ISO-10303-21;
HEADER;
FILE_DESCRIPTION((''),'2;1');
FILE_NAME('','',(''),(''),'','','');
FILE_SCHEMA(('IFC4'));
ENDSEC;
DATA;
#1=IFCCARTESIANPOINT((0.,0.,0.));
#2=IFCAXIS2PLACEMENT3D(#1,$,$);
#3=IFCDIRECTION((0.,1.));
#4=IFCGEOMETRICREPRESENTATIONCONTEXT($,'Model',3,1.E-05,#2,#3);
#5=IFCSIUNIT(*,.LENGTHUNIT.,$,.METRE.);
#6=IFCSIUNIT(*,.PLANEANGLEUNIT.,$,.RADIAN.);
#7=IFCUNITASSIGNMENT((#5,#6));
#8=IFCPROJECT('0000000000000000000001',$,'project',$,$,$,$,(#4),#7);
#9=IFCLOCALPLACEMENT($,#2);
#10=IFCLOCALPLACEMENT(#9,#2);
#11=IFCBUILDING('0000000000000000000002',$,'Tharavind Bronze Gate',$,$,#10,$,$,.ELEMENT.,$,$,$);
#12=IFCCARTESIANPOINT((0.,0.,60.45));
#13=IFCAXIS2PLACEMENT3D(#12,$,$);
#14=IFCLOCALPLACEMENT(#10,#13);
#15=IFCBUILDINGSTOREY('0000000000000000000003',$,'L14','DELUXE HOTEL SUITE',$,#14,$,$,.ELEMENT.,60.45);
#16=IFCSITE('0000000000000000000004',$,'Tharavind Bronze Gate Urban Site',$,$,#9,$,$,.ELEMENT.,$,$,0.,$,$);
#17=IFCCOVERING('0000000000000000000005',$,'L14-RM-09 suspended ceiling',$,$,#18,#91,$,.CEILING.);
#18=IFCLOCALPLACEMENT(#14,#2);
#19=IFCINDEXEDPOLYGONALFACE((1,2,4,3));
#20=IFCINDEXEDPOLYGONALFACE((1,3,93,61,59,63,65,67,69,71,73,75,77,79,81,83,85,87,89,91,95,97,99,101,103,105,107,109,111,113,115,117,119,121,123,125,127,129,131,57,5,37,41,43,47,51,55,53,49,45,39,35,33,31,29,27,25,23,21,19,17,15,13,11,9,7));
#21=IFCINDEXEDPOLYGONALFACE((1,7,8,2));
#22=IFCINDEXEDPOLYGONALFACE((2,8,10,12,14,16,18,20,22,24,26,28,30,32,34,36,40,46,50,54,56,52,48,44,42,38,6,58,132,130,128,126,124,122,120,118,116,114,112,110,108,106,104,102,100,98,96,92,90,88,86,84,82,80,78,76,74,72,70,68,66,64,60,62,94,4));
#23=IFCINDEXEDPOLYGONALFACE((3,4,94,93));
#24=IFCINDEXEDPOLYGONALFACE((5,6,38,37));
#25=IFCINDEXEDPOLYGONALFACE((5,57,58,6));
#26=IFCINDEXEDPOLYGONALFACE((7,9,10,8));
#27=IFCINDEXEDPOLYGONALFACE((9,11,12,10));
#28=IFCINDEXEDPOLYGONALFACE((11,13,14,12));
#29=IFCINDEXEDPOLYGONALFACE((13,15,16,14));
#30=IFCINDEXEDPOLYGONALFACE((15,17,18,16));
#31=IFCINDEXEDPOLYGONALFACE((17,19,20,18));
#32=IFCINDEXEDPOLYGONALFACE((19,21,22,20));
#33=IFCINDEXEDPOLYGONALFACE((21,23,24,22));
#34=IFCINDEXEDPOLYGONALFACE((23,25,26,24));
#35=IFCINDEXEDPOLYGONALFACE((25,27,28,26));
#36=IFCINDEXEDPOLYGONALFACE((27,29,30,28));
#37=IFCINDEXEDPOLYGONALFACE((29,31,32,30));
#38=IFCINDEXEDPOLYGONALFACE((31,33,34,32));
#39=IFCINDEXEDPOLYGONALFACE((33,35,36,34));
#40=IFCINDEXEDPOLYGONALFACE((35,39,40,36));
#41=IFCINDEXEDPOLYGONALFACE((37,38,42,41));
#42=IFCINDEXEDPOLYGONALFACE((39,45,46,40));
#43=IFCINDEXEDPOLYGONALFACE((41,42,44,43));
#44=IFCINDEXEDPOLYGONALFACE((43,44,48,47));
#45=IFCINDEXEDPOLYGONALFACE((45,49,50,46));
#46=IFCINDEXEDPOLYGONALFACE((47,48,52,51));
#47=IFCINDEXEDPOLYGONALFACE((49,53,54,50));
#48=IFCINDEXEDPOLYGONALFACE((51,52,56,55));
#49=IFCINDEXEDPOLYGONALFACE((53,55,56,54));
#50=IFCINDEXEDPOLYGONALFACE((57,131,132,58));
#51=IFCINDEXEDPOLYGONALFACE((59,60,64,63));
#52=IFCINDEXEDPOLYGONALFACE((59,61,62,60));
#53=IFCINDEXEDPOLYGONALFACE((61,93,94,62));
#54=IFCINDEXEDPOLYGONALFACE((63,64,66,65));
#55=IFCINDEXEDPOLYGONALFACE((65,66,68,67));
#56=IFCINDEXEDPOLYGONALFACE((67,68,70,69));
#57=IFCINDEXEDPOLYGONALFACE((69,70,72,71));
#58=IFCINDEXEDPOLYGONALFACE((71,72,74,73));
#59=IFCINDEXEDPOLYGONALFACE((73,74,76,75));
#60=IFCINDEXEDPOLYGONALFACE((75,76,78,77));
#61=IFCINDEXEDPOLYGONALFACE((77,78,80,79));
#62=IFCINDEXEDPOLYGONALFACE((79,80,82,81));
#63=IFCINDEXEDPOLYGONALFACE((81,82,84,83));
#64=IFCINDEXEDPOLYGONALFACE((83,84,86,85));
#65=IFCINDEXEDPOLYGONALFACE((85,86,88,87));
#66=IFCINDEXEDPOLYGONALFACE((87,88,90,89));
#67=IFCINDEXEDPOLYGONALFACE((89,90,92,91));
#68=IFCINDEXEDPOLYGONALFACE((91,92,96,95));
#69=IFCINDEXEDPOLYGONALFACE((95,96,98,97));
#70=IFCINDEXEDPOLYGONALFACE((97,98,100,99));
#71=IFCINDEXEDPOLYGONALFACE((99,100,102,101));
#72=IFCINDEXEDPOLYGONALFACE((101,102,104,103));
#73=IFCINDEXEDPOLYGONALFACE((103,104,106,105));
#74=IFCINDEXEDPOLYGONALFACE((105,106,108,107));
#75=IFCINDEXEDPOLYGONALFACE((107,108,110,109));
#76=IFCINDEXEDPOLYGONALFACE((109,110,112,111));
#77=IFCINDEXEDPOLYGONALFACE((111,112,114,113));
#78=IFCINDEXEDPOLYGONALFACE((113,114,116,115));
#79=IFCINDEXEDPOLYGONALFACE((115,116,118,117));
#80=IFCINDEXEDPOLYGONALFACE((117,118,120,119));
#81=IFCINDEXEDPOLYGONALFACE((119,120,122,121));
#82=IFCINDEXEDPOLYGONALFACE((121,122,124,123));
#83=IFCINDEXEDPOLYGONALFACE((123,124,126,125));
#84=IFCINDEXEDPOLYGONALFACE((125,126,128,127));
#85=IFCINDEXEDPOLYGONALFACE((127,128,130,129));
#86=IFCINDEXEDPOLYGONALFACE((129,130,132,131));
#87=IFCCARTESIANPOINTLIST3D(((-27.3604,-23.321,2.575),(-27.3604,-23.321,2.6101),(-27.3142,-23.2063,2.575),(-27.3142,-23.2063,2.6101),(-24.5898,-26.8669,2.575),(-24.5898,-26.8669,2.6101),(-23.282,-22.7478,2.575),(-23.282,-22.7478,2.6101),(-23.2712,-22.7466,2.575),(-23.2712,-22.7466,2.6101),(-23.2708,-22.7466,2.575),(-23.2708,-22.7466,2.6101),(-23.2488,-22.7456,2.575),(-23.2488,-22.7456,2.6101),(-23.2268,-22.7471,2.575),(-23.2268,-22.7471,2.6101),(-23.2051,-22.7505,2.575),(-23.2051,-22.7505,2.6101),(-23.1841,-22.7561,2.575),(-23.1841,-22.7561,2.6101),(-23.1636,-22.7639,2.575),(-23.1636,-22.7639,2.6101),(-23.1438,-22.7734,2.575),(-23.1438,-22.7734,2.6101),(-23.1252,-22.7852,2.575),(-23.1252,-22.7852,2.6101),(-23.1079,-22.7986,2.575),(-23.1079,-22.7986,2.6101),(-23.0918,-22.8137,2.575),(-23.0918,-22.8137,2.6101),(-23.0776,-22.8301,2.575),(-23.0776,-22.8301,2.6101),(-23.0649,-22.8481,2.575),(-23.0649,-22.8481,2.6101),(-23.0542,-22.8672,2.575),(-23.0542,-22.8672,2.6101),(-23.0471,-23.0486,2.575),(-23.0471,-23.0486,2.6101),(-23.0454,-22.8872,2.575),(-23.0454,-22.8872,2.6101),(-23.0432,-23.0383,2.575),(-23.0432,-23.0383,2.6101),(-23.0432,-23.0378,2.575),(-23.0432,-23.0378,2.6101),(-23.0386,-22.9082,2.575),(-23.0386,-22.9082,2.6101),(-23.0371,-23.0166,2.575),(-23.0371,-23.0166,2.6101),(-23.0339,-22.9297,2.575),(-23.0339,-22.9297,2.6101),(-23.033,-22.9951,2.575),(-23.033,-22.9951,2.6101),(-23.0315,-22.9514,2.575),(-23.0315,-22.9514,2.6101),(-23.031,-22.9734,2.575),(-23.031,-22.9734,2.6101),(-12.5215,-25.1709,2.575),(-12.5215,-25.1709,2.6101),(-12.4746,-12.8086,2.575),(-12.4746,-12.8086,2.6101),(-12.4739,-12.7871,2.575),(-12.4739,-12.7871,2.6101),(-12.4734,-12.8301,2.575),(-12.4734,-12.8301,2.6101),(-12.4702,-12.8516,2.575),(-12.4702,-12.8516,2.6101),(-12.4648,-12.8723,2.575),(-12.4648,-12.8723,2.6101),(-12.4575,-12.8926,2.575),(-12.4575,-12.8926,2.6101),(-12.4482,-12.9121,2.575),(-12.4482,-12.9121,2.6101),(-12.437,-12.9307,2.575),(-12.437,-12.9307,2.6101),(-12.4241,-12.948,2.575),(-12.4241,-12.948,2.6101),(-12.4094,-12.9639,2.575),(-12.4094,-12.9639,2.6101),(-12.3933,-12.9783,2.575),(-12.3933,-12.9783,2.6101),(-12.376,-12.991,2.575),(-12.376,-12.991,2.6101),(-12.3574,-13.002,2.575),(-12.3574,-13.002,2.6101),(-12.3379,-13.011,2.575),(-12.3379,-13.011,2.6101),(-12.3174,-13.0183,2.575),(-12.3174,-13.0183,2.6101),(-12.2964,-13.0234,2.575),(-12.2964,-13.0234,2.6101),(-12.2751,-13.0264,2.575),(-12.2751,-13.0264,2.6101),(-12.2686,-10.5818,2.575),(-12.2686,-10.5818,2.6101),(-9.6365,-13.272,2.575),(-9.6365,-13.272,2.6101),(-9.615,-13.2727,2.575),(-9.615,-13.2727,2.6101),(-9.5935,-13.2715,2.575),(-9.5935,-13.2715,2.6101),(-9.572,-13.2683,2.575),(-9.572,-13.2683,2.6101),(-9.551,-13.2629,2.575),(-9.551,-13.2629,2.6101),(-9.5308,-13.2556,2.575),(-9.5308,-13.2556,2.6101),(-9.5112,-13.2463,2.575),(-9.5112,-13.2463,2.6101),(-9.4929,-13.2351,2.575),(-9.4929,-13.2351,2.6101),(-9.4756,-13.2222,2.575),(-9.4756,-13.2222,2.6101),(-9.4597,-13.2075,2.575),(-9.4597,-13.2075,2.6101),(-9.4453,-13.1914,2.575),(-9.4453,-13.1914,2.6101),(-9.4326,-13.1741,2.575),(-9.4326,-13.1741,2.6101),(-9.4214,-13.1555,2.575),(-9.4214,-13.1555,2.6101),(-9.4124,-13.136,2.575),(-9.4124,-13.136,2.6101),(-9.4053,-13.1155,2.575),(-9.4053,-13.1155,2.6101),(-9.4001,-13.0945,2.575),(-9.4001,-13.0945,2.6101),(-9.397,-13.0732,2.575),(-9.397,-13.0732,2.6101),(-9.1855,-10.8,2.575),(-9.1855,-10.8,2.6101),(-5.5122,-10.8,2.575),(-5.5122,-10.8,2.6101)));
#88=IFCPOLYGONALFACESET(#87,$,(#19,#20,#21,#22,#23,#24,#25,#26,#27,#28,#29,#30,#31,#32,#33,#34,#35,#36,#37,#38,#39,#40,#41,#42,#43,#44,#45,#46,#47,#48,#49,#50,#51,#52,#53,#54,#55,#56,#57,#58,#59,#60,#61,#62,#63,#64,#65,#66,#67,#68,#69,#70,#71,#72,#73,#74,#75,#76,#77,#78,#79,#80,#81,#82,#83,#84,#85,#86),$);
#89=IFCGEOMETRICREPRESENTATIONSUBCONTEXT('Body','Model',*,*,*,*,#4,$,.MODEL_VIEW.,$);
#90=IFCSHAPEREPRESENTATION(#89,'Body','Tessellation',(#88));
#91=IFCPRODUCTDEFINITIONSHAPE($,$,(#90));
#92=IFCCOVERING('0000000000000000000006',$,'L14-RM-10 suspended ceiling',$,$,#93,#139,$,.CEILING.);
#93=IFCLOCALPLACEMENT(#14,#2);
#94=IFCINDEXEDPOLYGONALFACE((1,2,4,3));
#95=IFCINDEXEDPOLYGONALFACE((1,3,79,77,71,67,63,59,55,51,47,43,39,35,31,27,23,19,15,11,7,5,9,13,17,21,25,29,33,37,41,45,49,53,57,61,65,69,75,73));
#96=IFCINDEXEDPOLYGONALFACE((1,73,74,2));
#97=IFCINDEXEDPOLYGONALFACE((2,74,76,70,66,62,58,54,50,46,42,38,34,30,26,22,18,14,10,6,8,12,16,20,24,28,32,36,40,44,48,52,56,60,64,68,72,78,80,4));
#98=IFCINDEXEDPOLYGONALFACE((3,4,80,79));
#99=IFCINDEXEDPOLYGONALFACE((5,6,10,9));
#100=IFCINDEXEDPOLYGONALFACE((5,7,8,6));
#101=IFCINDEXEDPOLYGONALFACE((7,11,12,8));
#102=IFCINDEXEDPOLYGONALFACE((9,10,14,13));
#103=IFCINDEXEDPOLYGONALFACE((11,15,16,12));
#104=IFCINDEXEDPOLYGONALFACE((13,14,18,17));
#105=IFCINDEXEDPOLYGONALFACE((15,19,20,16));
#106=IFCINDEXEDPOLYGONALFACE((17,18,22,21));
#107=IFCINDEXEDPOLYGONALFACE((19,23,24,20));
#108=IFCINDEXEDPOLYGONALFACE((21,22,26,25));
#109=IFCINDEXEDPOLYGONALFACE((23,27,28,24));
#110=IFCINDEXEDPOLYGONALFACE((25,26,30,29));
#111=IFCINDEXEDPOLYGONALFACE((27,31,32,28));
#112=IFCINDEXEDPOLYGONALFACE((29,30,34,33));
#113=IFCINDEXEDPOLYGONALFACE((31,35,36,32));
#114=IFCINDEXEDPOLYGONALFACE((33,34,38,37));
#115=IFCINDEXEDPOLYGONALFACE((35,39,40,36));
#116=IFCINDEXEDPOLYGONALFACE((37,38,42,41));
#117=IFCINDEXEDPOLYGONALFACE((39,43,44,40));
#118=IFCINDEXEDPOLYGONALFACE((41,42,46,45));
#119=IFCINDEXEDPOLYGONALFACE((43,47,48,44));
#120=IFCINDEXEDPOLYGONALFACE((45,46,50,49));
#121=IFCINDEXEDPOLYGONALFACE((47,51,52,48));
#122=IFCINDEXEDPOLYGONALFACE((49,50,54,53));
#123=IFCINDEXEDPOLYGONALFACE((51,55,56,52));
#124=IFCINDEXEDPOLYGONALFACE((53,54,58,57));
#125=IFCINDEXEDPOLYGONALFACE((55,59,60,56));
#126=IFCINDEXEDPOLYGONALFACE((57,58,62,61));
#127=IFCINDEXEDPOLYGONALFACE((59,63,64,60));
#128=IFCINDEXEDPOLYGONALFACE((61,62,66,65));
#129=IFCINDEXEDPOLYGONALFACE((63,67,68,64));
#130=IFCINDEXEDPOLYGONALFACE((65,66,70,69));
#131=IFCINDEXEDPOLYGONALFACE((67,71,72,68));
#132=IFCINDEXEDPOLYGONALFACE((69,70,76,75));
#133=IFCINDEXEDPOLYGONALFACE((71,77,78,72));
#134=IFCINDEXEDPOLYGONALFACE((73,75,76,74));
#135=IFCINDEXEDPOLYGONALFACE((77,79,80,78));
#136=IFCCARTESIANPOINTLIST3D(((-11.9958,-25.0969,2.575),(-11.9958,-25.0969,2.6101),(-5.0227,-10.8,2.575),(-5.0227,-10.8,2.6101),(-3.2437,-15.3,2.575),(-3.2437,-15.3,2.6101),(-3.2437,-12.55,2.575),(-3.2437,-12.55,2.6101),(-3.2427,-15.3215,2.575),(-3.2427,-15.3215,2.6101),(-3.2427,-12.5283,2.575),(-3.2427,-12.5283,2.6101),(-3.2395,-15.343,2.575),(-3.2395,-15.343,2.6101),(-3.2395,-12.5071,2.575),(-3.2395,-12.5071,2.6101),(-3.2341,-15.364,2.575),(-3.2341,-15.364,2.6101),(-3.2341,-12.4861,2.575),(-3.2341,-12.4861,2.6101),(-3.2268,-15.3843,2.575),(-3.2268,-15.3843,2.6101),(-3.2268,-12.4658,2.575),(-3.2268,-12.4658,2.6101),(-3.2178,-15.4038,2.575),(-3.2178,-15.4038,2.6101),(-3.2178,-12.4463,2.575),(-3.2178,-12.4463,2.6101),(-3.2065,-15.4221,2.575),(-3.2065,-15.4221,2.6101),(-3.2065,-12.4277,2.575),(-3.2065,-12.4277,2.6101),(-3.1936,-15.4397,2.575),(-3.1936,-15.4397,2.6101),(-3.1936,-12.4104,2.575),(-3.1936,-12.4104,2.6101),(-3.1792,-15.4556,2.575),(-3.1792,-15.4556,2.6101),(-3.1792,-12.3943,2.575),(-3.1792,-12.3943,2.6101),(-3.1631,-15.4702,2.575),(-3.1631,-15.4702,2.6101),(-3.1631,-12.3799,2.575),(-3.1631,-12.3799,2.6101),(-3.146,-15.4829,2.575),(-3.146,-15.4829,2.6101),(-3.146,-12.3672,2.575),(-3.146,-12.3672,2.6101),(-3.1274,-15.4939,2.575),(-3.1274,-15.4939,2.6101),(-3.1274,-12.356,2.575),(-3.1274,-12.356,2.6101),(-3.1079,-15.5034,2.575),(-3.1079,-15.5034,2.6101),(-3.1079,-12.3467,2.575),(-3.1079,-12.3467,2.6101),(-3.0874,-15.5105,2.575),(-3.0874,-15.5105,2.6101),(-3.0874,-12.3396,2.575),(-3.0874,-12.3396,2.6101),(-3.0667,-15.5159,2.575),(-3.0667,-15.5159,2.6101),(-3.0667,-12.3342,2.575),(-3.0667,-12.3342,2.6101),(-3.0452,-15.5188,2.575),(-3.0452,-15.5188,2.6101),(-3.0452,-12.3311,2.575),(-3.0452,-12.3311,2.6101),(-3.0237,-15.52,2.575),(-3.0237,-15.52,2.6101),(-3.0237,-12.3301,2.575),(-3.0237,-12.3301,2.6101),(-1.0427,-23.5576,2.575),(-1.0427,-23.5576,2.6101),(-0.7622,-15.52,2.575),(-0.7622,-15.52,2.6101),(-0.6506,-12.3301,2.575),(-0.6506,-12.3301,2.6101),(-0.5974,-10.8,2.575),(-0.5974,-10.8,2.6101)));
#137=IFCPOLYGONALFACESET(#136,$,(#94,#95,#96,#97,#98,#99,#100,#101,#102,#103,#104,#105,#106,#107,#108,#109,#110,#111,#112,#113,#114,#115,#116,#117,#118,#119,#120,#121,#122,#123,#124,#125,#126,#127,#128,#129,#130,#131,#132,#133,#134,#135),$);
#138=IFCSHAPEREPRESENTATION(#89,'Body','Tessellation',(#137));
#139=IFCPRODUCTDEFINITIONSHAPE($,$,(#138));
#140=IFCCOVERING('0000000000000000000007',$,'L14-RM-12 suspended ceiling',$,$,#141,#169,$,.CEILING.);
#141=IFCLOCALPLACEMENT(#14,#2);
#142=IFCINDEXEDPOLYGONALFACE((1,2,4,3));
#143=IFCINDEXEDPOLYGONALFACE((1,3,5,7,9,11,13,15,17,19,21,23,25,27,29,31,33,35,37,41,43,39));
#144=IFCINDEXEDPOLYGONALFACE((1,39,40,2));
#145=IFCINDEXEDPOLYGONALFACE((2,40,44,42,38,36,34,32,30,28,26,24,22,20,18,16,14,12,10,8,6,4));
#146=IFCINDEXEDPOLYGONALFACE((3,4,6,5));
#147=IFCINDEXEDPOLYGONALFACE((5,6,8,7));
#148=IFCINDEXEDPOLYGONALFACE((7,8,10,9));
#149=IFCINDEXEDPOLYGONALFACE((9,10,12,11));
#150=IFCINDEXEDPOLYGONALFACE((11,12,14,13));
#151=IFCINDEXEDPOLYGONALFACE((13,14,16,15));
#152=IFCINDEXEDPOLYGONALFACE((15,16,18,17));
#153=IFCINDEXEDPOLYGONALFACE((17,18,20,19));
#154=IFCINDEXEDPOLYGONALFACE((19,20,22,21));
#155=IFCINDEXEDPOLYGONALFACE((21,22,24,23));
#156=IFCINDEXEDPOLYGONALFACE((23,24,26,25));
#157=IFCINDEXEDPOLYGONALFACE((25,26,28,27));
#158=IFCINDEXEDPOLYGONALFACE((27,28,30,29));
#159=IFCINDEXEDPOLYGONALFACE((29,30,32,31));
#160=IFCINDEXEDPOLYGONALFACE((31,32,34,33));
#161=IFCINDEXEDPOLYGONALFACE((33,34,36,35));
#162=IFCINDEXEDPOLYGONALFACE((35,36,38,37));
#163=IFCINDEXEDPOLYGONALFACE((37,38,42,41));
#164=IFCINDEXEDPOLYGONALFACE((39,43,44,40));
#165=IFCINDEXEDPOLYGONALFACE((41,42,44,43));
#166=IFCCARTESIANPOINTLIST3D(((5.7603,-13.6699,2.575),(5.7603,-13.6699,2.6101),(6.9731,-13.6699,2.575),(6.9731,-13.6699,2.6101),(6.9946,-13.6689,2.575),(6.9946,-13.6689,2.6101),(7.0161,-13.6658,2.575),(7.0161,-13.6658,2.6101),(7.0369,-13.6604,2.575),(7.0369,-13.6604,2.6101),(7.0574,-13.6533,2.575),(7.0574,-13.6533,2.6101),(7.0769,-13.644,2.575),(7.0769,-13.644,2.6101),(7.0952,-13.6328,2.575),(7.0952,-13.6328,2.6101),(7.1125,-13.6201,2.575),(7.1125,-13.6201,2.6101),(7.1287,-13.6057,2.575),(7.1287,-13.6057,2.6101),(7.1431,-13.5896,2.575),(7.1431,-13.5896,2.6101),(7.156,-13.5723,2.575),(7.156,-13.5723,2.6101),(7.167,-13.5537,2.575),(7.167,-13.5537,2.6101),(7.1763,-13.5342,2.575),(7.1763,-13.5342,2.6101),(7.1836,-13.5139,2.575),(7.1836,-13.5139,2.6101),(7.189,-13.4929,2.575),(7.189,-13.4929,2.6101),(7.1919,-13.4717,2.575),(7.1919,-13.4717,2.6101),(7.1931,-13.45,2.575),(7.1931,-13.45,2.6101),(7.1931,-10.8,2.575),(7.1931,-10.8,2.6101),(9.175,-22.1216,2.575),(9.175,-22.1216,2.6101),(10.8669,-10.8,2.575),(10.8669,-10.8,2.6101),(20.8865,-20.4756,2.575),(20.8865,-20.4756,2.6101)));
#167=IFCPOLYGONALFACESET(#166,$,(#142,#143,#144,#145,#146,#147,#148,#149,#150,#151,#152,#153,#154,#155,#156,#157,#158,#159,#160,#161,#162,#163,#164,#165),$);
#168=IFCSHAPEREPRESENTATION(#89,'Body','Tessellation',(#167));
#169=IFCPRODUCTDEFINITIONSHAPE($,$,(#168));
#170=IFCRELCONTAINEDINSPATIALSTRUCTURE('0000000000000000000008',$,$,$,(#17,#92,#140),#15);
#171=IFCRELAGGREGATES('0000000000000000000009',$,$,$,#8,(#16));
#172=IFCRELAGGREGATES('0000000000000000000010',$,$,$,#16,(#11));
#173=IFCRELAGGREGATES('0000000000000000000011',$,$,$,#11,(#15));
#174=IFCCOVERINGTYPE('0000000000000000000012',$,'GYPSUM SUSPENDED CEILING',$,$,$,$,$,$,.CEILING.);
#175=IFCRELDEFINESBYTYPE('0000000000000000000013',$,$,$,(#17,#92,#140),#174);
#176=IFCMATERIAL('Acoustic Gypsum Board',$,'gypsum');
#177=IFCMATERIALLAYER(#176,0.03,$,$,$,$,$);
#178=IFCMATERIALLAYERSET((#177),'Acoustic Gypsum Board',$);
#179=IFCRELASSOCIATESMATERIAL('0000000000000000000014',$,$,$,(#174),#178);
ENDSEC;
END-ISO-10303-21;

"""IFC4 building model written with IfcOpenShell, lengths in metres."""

from ifc_helpers import new_model, si_unit, direction, frame, origin, place, context, subcontext, project, spatial, polyline, outline, extrude, material, layer, layer_set, type_object, element, save


model = new_model("IFC4")

# Units and contexts
model_context = context("Model", 3, precision=1e-05, world=origin(), true_north=direction((0.0, 1.0)))
body_context = subcontext(model_context, "Body", "Model", "MODEL_VIEW")
ifc_project = project(units=[si_unit("LENGTHUNIT", "METRE"), si_unit("PLANEANGLEUNIT", "RADIAN")], contexts=[model_context])

# Site, building, storey
site_placement = place(None, origin())
site = spatial("IfcSite", under=ifc_project, at=site_placement, Name="Tharavind Bronze Gate Urban Site", CompositionType="ELEMENT", RefElevation=0.0)
building_placement = place(site_placement, origin())
building = spatial("IfcBuilding", under=site, at=building_placement, Name="Tharavind Bronze Gate", CompositionType="ELEMENT")
storey_placement = place(building_placement, frame((0.0, 0.0, 60.45)))
storey = spatial("IfcBuildingStorey", under=building, at=storey_placement, Name="L14", Description="DELUXE HOTEL SUITE", CompositionType="ELEMENT", Elevation=60.45)

# Coverings
ifc_material_1 = material(Name="Acoustic Gypsum Board", Category="gypsum")
ifc_layer_1 = layer(ifc_material_1, 0.03)
ifc_layer_set_1 = layer_set([ifc_layer_1], Name="Acoustic Gypsum Board")
covering_type_1 = type_object("IfcCoveringType", Name="GYPSUM SUSPENDED CEILING", PredefinedType="CEILING", material=ifc_layer_set_1)
covering_1_placement = place(storey_placement, frame((0.0, 0.0, 2.575)))
element("IfcCovering", 1, at=covering_1_placement, inside=storey, type_object=covering_type_1, Name="L14-RM-09 suspended ceiling", PredefinedType="CEILING", context=body_context, shape_type="SweptSolid", body=[
    extrude(outline(polyline([(-23.282, -22.7478), (-23.2712, -22.7466), (-23.2708, -22.7466), (-23.2488, -22.7456), (-23.2268, -22.7471), (-23.2051, -22.7505), (-23.1841, -22.7561), (-23.1636, -22.7639), (-23.1438, -22.7734), (-23.1252, -22.7852), (-23.1079, -22.7986), (-23.0918, -22.8137), (-23.0776, -22.8301), (-23.0649, -22.8481), (-23.0542, -22.8672), (-23.0454, -22.8872), (-23.0386, -22.9082), (-23.0339, -22.9297), (-23.0315, -22.9514), (-23.031, -22.9734), (-23.033, -22.9951), (-23.0371, -23.0166), (-23.0432, -23.0378), (-23.0432, -23.0383), (-23.0471, -23.0486), (-24.5898, -26.8669), (-12.5215, -25.1709), (-5.5122, -10.8), (-9.1855, -10.8), (-9.397, -13.0732), (-9.4001, -13.0945), (-9.4053, -13.1155), (-9.4124, -13.136), (-9.4214, -13.1555), (-9.4326, -13.1741), (-9.4453, -13.1914), (-9.4597, -13.2075), (-9.4756, -13.2222), (-9.4929, -13.2351), (-9.5112, -13.2463), (-9.5308, -13.2556), (-9.551, -13.2629), (-9.572, -13.2683), (-9.5935, -13.2715), (-9.615, -13.2727), (-9.6365, -13.272), (-12.2751, -13.0264), (-12.2964, -13.0234), (-12.3174, -13.0183), (-12.3379, -13.011), (-12.3574, -13.002), (-12.376, -12.991), (-12.3933, -12.9783), (-12.4094, -12.9639), (-12.4241, -12.948), (-12.437, -12.9307), (-12.4482, -12.9121), (-12.4575, -12.8926), (-12.4648, -12.8723), (-12.4702, -12.8516), (-12.4734, -12.8301), (-12.4746, -12.8086), (-12.4739, -12.7871), (-12.2686, -10.5818), (-27.3142, -23.2063), (-27.3604, -23.321), (-23.282, -22.7478)])), origin(), (0.0, 0.0, 1.0), 0.0352),
])
covering_2_placement = place(storey_placement, frame((0.0, 0.0, 2.575)))
element("IfcCovering", 2, at=covering_2_placement, inside=storey, type_object=covering_type_1, Name="L14-RM-10 suspended ceiling", PredefinedType="CEILING", context=body_context, shape_type="SweptSolid", body=[
    extrude(outline(polyline([(-1.0427, -23.5576), (-0.7622, -15.52), (-3.0237, -15.52), (-3.0452, -15.5188), (-3.0667, -15.5159), (-3.0874, -15.5105), (-3.1079, -15.5034), (-3.1274, -15.4939), (-3.146, -15.4829), (-3.1631, -15.4702), (-3.1792, -15.4556), (-3.1936, -15.4397), (-3.2065, -15.4221), (-3.2178, -15.4038), (-3.2268, -15.3843), (-3.2341, -15.364), (-3.2395, -15.343), (-3.2427, -15.3215), (-3.2437, -15.3), (-3.2437, -12.55), (-3.2427, -12.5283), (-3.2395, -12.5071), (-3.2341, -12.4861), (-3.2268, -12.4658), (-3.2178, -12.4463), (-3.2065, -12.4277), (-3.1936, -12.4104), (-3.1792, -12.3943), (-3.1631, -12.3799), (-3.146, -12.3672), (-3.1274, -12.356), (-3.1079, -12.3467), (-3.0874, -12.3396), (-3.0667, -12.3342), (-3.0452, -12.3311), (-3.0237, -12.3301), (-0.6506, -12.3301), (-0.5974, -10.8), (-5.0227, -10.8), (-11.9958, -25.0969), (-1.0427, -23.5576)])), origin(), (0.0, 0.0, 1.0), 0.0352),
])
covering_3_placement = place(storey_placement, frame((0.0, 0.0, 2.575)))
element("IfcCovering", 3, at=covering_3_placement, inside=storey, type_object=covering_type_1, Name="L14-RM-12 suspended ceiling", PredefinedType="CEILING", context=body_context, shape_type="SweptSolid", body=[
    extrude(outline(polyline([(7.1931, -13.45), (7.1919, -13.4717), (7.189, -13.4929), (7.1836, -13.5139), (7.1763, -13.5342), (7.167, -13.5537), (7.156, -13.5723), (7.1431, -13.5896), (7.1287, -13.6057), (7.1125, -13.6201), (7.0952, -13.6328), (7.0769, -13.644), (7.0574, -13.6533), (7.0369, -13.6604), (7.0161, -13.6658), (6.9946, -13.6689), (6.9731, -13.6699), (5.7603, -13.6699), (9.175, -22.1216), (20.8865, -20.4756), (10.8669, -10.8), (7.1931, -10.8), (7.1931, -13.45)])), origin(), (0.0, 0.0, 1.0), 0.0352),
])

save(model, "model.ifc")
